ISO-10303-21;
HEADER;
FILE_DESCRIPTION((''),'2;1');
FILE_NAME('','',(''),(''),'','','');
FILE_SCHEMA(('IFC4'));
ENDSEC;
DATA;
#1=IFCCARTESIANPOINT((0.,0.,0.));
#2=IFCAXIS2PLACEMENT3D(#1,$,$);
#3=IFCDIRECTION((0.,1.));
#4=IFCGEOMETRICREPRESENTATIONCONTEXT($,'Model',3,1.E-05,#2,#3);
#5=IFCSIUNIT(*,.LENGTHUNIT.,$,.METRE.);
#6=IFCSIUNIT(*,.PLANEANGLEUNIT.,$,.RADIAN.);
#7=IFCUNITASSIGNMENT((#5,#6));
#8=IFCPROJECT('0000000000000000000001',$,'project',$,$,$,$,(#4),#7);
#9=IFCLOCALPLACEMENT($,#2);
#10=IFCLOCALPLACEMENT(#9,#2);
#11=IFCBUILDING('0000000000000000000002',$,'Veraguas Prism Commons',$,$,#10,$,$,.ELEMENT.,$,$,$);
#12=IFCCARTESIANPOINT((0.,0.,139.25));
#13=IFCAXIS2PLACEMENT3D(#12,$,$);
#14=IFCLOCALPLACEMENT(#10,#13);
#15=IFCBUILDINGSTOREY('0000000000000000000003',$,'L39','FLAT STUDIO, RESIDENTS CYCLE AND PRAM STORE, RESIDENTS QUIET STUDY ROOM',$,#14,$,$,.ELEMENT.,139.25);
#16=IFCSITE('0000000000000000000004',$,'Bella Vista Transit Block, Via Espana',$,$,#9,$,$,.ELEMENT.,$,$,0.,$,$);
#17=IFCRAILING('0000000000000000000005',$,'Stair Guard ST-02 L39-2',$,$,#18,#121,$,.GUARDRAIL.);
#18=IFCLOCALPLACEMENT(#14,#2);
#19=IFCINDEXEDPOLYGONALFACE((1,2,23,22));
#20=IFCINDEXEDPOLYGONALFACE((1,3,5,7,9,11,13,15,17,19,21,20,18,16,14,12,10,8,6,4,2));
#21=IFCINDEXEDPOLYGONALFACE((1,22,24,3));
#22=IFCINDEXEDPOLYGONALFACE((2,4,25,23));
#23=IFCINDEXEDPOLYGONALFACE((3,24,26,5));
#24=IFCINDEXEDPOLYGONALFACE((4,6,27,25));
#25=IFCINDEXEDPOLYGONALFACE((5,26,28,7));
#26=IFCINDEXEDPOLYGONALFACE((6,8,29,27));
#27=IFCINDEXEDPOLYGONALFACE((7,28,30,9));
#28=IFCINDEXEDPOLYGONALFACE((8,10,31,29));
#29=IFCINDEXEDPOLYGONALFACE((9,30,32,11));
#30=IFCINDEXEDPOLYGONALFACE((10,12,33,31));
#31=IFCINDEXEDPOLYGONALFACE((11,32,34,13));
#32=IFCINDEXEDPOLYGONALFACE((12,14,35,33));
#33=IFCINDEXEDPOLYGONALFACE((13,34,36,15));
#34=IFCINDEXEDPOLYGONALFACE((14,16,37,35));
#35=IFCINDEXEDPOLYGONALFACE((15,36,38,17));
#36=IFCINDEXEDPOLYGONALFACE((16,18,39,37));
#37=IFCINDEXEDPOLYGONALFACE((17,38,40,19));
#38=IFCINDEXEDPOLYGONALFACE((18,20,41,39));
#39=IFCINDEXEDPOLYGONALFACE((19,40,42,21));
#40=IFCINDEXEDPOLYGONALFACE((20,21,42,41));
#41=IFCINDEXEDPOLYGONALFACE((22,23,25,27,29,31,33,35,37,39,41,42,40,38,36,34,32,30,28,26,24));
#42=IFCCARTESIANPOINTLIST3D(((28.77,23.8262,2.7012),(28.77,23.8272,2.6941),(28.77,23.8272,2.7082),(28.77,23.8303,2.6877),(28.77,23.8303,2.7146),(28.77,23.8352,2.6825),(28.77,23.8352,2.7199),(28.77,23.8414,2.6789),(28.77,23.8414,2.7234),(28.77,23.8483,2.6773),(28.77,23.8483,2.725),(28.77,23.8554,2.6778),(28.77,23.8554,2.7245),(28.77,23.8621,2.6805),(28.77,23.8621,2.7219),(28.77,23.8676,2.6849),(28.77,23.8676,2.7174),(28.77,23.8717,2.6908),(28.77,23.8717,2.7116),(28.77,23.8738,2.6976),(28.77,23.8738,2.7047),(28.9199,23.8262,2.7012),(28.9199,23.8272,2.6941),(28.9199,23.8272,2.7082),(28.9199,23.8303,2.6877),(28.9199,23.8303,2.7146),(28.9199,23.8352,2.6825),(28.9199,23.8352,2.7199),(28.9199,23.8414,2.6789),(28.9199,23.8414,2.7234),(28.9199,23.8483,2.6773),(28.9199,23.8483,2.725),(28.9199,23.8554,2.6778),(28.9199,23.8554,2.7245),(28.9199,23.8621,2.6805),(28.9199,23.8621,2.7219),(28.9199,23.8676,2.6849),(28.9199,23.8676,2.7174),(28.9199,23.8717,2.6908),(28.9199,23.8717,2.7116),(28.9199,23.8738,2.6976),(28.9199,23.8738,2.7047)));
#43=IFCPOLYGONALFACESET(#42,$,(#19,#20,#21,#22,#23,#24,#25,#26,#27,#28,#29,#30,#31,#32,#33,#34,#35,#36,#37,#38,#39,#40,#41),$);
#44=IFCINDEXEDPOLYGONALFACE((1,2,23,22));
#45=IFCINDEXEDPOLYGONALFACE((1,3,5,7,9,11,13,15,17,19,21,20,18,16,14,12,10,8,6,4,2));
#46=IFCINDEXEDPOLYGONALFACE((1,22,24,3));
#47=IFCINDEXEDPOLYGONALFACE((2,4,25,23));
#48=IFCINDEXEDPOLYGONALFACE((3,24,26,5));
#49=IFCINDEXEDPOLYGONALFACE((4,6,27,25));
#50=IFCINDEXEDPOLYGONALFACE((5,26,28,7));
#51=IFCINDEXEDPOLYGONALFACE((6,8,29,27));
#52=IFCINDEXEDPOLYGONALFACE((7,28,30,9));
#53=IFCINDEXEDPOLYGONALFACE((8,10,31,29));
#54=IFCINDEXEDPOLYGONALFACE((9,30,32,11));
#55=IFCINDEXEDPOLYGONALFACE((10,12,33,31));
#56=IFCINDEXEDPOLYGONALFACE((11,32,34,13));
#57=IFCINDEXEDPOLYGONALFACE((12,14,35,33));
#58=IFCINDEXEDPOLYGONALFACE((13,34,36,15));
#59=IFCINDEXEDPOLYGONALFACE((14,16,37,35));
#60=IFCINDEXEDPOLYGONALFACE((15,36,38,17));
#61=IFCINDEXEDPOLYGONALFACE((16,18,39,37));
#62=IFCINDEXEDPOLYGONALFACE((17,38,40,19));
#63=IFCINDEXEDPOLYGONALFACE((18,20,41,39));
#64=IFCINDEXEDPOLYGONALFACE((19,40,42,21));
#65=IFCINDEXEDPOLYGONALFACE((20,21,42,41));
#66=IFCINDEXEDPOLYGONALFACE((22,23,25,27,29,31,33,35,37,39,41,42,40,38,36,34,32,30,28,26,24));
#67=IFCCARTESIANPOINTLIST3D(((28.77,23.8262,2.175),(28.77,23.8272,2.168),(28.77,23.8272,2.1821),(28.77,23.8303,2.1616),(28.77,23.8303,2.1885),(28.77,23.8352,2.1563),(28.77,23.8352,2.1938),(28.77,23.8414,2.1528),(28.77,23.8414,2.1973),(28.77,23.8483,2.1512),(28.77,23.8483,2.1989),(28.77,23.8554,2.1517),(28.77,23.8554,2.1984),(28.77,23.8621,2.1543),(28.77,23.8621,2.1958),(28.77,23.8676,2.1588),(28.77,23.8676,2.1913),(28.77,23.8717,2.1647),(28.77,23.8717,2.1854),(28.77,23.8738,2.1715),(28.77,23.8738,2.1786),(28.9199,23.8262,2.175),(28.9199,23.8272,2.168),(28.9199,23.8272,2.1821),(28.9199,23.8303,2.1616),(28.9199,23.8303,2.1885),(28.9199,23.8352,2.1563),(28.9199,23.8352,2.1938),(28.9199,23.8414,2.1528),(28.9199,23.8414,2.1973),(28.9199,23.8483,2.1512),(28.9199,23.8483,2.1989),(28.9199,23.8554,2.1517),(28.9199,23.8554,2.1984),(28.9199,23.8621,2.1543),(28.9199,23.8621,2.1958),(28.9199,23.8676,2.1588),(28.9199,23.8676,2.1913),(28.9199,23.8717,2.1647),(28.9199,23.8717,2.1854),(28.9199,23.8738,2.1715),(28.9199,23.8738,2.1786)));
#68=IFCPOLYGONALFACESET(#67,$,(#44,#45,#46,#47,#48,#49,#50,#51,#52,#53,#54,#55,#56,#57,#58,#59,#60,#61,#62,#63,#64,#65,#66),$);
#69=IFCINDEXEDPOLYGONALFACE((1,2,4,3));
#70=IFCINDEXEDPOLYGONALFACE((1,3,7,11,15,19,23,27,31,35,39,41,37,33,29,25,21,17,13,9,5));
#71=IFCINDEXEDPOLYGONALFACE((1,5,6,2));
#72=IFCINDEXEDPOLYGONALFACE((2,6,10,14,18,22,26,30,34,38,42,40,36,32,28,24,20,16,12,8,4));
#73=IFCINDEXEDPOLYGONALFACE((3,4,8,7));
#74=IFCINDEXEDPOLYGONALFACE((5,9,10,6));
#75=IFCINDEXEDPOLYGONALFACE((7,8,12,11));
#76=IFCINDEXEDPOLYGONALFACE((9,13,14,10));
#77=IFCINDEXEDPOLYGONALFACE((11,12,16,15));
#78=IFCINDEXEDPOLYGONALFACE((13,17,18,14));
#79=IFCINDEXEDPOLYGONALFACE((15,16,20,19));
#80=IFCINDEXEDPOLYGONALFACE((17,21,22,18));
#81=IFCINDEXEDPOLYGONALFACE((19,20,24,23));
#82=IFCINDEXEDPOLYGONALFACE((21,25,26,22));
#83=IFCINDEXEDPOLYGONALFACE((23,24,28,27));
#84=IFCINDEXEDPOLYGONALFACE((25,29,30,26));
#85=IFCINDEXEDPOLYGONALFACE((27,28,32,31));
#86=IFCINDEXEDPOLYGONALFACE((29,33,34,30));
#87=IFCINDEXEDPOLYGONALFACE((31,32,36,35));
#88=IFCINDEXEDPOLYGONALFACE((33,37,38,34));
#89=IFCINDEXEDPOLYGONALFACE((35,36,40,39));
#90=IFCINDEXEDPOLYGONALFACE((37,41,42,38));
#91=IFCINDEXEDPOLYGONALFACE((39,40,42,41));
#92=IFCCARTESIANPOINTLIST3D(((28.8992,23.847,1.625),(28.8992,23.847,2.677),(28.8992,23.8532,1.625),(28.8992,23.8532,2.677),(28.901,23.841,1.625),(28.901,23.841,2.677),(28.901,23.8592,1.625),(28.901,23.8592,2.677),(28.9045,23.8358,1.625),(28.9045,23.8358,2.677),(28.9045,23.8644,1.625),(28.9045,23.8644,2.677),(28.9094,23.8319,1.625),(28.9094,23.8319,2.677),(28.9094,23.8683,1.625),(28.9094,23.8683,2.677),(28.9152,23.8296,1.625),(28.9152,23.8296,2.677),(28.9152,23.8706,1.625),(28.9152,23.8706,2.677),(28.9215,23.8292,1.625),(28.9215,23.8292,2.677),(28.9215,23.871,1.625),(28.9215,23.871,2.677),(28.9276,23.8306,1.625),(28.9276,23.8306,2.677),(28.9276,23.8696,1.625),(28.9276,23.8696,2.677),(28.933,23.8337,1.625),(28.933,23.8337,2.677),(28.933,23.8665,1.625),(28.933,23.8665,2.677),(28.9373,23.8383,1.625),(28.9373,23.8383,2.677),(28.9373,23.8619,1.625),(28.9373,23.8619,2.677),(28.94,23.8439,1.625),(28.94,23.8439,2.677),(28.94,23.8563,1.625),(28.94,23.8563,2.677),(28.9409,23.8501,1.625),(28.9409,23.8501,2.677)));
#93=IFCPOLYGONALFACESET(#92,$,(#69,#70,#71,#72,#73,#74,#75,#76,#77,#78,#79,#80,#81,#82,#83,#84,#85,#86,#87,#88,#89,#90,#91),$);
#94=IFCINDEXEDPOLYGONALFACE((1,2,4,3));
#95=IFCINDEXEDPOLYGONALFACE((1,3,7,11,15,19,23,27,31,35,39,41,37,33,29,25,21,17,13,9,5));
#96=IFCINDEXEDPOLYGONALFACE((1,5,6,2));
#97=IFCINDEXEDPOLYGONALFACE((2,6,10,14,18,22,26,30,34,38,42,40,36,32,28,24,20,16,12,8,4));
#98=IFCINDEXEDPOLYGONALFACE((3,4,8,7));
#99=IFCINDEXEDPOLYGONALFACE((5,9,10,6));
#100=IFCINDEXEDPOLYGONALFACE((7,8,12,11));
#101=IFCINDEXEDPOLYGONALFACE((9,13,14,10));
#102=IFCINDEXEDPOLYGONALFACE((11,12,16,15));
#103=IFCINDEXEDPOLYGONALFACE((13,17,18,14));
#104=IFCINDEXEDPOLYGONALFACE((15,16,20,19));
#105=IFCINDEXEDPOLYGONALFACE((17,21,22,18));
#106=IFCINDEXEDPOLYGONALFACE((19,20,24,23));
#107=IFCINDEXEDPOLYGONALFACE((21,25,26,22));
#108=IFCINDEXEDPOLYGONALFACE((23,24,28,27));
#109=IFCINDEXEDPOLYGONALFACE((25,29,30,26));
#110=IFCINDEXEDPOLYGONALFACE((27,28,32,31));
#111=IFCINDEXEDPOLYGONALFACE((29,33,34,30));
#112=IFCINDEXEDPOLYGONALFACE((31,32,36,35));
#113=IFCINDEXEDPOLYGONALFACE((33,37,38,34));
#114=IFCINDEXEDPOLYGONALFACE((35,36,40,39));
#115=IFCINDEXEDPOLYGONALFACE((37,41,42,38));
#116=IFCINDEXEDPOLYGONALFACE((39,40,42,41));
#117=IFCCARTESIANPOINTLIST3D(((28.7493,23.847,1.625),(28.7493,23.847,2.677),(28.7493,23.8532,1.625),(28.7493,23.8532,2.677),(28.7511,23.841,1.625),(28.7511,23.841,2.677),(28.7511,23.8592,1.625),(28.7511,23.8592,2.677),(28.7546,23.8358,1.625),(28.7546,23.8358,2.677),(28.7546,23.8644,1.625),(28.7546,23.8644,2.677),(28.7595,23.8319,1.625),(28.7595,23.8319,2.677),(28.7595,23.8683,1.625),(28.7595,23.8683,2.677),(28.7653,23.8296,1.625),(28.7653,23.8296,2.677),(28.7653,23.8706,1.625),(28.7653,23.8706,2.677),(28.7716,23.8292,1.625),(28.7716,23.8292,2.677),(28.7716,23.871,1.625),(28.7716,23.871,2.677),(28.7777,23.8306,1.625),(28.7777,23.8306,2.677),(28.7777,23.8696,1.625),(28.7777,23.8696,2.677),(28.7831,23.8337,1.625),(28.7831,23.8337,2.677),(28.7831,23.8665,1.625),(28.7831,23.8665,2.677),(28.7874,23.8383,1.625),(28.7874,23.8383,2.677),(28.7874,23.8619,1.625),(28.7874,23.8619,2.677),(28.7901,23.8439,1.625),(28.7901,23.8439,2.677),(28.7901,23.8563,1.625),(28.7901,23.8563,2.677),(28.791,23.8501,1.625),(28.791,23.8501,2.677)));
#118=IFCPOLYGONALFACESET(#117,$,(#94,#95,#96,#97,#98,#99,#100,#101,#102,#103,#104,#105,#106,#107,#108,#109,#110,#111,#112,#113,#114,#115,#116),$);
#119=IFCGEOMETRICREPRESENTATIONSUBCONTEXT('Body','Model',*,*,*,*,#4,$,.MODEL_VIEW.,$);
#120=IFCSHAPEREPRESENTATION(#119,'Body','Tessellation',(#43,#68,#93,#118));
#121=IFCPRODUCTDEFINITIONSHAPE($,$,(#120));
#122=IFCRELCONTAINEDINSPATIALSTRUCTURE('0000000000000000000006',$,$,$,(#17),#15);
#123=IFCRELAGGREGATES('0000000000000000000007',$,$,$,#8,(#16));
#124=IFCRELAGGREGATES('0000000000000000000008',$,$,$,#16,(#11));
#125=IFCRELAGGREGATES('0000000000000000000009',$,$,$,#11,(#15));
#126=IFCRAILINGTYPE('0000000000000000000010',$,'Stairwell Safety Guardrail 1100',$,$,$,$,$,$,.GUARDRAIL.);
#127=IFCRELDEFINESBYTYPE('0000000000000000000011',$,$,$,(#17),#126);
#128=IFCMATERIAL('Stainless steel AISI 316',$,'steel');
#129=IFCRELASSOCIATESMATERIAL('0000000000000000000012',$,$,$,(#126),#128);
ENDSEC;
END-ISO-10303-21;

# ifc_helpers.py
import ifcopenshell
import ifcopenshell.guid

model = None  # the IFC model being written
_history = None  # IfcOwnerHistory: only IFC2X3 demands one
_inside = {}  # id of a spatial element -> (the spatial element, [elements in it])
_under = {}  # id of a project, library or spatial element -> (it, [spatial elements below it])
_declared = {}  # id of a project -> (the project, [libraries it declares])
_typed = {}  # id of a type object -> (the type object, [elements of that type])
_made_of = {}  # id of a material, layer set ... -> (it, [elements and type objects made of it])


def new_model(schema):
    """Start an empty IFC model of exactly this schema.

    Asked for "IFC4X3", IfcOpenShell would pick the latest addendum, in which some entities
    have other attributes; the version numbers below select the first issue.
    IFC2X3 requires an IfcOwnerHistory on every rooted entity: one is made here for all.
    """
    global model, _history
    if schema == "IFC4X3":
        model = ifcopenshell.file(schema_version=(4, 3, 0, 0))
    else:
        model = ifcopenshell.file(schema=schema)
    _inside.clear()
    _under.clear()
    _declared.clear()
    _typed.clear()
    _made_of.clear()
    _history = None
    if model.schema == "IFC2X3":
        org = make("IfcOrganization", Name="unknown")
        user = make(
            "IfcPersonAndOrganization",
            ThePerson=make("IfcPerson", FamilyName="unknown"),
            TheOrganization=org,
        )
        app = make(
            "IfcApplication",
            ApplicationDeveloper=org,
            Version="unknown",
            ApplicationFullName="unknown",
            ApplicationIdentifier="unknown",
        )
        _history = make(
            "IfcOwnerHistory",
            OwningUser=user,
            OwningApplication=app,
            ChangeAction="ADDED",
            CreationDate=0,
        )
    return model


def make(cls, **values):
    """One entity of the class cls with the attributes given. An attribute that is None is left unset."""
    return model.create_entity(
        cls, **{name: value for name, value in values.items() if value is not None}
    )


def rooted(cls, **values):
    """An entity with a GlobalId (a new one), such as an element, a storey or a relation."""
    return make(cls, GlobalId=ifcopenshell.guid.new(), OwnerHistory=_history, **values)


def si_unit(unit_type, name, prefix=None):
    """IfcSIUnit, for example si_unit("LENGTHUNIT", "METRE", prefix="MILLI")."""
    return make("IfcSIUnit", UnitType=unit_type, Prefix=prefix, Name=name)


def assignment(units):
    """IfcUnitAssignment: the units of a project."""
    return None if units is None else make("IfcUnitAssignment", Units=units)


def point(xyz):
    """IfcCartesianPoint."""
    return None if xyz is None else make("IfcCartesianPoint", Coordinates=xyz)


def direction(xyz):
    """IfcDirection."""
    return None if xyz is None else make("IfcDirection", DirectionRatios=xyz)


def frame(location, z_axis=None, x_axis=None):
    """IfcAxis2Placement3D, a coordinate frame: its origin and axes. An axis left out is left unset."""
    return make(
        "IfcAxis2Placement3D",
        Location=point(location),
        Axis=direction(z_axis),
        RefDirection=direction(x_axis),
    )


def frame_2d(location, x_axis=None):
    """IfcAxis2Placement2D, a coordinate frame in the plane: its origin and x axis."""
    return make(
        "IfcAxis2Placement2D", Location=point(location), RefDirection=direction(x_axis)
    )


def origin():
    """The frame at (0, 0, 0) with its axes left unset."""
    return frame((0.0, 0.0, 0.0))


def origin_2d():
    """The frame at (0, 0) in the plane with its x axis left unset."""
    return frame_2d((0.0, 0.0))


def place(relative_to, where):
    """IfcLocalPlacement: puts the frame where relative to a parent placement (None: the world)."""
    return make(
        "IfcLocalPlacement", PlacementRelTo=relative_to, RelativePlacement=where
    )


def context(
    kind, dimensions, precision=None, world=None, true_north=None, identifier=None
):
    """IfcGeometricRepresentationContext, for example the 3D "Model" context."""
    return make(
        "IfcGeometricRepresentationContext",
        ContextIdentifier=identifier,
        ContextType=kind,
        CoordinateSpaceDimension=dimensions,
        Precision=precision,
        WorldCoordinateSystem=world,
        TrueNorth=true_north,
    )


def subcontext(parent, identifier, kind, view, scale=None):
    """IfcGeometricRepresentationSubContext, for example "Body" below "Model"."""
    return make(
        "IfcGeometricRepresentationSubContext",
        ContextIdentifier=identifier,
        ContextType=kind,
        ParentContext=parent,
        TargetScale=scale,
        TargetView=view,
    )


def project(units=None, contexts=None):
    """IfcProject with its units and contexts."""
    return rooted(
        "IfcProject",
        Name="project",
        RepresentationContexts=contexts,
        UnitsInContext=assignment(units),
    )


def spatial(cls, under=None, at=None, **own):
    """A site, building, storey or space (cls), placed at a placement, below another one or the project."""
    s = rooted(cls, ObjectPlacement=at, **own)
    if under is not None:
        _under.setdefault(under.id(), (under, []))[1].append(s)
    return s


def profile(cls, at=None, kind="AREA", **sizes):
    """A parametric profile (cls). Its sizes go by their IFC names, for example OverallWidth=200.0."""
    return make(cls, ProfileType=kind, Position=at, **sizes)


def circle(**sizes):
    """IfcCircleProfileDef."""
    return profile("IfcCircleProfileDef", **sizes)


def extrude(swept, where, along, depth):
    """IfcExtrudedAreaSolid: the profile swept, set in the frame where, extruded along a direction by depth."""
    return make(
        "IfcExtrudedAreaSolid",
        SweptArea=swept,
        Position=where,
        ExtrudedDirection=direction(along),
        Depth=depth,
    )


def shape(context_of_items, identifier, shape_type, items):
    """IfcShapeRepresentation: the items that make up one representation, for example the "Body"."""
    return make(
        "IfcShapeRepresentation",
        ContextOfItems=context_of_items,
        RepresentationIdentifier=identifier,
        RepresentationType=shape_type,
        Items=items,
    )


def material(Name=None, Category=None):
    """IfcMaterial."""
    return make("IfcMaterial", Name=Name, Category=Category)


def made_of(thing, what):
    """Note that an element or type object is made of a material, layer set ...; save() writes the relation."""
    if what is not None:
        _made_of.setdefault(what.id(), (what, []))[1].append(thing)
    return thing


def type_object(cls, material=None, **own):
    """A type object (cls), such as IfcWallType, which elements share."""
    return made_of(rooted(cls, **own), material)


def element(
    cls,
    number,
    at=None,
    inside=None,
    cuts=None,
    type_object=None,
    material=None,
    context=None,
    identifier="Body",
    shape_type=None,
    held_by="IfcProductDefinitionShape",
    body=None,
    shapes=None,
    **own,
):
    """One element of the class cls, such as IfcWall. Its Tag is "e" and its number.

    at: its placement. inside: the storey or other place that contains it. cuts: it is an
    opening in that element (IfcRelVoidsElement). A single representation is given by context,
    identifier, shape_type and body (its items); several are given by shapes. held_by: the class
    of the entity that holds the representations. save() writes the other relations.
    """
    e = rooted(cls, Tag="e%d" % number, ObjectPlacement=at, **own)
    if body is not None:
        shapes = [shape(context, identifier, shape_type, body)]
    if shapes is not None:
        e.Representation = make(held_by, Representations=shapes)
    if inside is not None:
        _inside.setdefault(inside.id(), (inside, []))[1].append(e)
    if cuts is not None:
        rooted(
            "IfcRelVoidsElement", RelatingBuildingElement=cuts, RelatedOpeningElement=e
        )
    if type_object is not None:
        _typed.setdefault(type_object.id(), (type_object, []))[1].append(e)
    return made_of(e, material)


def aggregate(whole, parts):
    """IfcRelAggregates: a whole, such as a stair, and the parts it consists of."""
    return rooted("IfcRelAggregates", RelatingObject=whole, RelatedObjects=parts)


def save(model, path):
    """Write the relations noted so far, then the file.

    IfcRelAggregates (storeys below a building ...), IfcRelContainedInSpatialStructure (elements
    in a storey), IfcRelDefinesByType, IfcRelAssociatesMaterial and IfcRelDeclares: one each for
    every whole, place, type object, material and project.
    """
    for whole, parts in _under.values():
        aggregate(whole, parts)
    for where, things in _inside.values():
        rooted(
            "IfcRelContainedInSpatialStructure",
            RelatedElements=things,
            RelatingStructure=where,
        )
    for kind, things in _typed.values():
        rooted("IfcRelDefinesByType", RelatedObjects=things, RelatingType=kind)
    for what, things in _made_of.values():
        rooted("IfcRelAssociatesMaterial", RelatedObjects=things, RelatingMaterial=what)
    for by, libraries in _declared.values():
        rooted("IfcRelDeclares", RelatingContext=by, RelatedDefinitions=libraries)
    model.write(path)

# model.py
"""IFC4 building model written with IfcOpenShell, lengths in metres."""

from ifc_helpers import new_model, si_unit, direction, frame, origin, origin_2d, place, context, subcontext, project, spatial, circle, extrude, material, type_object, element, save


model = new_model("IFC4")

# Units and contexts
model_context = context("Model", 3, precision=1e-05, world=origin(), true_north=direction((0.0, 1.0)))
body_context = subcontext(model_context, "Body", "Model", "MODEL_VIEW")
ifc_project = project(units=[si_unit("LENGTHUNIT", "METRE"), si_unit("PLANEANGLEUNIT", "RADIAN")], contexts=[model_context])

# Site, building, storey
site_placement = place(None, origin())
site = spatial("IfcSite", under=ifc_project, at=site_placement, Name="Bella Vista Transit Block, Via Espana", CompositionType="ELEMENT", RefElevation=0.0)
building_placement = place(site_placement, origin())
building = spatial("IfcBuilding", under=site, at=building_placement, Name="Veraguas Prism Commons", CompositionType="ELEMENT")
storey_placement = place(building_placement, frame((0.0, 0.0, 139.25)))
storey = spatial("IfcBuildingStorey", under=building, at=storey_placement, Name="L39", Description="FLAT STUDIO, RESIDENTS CYCLE AND PRAM STORE, RESIDENTS QUIET STUDY ROOM", CompositionType="ELEMENT", Elevation=139.25)

# Shared definitions
ifc_material_1 = material(Name="Stainless steel AISI 316", Category="steel")

# Railing
railing_type_1 = type_object("IfcRailingType", Name="Stairwell Safety Guardrail 1100", PredefinedType="GUARDRAIL", material=ifc_material_1)
railing_1_placement = place(storey_placement, frame((28.9199, 23.8501, 1.625)))
element("IfcRailing", 1, at=railing_1_placement, inside=storey, type_object=railing_type_1, Name="Stair Guard ST-02 L39-2", PredefinedType="GUARDRAIL", context=body_context, shape_type="SweptSolid", body=[
    extrude(circle(Radius=0.0239, at=origin_2d()), frame((0.0, 0.0, 1.0762), z_axis=(-1.0, 0.0, 0.0), x_axis=(0.0, -1.0, 0.0)), (0.0, 0.0, 1.0), 0.1499),
    extrude(circle(Radius=0.0239, at=origin_2d()), frame((0.0, 0.0, 0.55), z_axis=(-1.0, 0.0, 0.0), x_axis=(0.0, -1.0, 0.0)), (0.0, 0.0, 1.0), 0.1499),
    extrude(circle(Radius=0.021, at=origin_2d()), origin(), (0.0, 0.0, 1.0), 1.052),
    extrude(circle(Radius=0.021, at=origin_2d()), frame((-0.1499, 0.0, 0.0)), (0.0, 0.0, 1.0), 1.052),
])

save(model, "model.ifc")
